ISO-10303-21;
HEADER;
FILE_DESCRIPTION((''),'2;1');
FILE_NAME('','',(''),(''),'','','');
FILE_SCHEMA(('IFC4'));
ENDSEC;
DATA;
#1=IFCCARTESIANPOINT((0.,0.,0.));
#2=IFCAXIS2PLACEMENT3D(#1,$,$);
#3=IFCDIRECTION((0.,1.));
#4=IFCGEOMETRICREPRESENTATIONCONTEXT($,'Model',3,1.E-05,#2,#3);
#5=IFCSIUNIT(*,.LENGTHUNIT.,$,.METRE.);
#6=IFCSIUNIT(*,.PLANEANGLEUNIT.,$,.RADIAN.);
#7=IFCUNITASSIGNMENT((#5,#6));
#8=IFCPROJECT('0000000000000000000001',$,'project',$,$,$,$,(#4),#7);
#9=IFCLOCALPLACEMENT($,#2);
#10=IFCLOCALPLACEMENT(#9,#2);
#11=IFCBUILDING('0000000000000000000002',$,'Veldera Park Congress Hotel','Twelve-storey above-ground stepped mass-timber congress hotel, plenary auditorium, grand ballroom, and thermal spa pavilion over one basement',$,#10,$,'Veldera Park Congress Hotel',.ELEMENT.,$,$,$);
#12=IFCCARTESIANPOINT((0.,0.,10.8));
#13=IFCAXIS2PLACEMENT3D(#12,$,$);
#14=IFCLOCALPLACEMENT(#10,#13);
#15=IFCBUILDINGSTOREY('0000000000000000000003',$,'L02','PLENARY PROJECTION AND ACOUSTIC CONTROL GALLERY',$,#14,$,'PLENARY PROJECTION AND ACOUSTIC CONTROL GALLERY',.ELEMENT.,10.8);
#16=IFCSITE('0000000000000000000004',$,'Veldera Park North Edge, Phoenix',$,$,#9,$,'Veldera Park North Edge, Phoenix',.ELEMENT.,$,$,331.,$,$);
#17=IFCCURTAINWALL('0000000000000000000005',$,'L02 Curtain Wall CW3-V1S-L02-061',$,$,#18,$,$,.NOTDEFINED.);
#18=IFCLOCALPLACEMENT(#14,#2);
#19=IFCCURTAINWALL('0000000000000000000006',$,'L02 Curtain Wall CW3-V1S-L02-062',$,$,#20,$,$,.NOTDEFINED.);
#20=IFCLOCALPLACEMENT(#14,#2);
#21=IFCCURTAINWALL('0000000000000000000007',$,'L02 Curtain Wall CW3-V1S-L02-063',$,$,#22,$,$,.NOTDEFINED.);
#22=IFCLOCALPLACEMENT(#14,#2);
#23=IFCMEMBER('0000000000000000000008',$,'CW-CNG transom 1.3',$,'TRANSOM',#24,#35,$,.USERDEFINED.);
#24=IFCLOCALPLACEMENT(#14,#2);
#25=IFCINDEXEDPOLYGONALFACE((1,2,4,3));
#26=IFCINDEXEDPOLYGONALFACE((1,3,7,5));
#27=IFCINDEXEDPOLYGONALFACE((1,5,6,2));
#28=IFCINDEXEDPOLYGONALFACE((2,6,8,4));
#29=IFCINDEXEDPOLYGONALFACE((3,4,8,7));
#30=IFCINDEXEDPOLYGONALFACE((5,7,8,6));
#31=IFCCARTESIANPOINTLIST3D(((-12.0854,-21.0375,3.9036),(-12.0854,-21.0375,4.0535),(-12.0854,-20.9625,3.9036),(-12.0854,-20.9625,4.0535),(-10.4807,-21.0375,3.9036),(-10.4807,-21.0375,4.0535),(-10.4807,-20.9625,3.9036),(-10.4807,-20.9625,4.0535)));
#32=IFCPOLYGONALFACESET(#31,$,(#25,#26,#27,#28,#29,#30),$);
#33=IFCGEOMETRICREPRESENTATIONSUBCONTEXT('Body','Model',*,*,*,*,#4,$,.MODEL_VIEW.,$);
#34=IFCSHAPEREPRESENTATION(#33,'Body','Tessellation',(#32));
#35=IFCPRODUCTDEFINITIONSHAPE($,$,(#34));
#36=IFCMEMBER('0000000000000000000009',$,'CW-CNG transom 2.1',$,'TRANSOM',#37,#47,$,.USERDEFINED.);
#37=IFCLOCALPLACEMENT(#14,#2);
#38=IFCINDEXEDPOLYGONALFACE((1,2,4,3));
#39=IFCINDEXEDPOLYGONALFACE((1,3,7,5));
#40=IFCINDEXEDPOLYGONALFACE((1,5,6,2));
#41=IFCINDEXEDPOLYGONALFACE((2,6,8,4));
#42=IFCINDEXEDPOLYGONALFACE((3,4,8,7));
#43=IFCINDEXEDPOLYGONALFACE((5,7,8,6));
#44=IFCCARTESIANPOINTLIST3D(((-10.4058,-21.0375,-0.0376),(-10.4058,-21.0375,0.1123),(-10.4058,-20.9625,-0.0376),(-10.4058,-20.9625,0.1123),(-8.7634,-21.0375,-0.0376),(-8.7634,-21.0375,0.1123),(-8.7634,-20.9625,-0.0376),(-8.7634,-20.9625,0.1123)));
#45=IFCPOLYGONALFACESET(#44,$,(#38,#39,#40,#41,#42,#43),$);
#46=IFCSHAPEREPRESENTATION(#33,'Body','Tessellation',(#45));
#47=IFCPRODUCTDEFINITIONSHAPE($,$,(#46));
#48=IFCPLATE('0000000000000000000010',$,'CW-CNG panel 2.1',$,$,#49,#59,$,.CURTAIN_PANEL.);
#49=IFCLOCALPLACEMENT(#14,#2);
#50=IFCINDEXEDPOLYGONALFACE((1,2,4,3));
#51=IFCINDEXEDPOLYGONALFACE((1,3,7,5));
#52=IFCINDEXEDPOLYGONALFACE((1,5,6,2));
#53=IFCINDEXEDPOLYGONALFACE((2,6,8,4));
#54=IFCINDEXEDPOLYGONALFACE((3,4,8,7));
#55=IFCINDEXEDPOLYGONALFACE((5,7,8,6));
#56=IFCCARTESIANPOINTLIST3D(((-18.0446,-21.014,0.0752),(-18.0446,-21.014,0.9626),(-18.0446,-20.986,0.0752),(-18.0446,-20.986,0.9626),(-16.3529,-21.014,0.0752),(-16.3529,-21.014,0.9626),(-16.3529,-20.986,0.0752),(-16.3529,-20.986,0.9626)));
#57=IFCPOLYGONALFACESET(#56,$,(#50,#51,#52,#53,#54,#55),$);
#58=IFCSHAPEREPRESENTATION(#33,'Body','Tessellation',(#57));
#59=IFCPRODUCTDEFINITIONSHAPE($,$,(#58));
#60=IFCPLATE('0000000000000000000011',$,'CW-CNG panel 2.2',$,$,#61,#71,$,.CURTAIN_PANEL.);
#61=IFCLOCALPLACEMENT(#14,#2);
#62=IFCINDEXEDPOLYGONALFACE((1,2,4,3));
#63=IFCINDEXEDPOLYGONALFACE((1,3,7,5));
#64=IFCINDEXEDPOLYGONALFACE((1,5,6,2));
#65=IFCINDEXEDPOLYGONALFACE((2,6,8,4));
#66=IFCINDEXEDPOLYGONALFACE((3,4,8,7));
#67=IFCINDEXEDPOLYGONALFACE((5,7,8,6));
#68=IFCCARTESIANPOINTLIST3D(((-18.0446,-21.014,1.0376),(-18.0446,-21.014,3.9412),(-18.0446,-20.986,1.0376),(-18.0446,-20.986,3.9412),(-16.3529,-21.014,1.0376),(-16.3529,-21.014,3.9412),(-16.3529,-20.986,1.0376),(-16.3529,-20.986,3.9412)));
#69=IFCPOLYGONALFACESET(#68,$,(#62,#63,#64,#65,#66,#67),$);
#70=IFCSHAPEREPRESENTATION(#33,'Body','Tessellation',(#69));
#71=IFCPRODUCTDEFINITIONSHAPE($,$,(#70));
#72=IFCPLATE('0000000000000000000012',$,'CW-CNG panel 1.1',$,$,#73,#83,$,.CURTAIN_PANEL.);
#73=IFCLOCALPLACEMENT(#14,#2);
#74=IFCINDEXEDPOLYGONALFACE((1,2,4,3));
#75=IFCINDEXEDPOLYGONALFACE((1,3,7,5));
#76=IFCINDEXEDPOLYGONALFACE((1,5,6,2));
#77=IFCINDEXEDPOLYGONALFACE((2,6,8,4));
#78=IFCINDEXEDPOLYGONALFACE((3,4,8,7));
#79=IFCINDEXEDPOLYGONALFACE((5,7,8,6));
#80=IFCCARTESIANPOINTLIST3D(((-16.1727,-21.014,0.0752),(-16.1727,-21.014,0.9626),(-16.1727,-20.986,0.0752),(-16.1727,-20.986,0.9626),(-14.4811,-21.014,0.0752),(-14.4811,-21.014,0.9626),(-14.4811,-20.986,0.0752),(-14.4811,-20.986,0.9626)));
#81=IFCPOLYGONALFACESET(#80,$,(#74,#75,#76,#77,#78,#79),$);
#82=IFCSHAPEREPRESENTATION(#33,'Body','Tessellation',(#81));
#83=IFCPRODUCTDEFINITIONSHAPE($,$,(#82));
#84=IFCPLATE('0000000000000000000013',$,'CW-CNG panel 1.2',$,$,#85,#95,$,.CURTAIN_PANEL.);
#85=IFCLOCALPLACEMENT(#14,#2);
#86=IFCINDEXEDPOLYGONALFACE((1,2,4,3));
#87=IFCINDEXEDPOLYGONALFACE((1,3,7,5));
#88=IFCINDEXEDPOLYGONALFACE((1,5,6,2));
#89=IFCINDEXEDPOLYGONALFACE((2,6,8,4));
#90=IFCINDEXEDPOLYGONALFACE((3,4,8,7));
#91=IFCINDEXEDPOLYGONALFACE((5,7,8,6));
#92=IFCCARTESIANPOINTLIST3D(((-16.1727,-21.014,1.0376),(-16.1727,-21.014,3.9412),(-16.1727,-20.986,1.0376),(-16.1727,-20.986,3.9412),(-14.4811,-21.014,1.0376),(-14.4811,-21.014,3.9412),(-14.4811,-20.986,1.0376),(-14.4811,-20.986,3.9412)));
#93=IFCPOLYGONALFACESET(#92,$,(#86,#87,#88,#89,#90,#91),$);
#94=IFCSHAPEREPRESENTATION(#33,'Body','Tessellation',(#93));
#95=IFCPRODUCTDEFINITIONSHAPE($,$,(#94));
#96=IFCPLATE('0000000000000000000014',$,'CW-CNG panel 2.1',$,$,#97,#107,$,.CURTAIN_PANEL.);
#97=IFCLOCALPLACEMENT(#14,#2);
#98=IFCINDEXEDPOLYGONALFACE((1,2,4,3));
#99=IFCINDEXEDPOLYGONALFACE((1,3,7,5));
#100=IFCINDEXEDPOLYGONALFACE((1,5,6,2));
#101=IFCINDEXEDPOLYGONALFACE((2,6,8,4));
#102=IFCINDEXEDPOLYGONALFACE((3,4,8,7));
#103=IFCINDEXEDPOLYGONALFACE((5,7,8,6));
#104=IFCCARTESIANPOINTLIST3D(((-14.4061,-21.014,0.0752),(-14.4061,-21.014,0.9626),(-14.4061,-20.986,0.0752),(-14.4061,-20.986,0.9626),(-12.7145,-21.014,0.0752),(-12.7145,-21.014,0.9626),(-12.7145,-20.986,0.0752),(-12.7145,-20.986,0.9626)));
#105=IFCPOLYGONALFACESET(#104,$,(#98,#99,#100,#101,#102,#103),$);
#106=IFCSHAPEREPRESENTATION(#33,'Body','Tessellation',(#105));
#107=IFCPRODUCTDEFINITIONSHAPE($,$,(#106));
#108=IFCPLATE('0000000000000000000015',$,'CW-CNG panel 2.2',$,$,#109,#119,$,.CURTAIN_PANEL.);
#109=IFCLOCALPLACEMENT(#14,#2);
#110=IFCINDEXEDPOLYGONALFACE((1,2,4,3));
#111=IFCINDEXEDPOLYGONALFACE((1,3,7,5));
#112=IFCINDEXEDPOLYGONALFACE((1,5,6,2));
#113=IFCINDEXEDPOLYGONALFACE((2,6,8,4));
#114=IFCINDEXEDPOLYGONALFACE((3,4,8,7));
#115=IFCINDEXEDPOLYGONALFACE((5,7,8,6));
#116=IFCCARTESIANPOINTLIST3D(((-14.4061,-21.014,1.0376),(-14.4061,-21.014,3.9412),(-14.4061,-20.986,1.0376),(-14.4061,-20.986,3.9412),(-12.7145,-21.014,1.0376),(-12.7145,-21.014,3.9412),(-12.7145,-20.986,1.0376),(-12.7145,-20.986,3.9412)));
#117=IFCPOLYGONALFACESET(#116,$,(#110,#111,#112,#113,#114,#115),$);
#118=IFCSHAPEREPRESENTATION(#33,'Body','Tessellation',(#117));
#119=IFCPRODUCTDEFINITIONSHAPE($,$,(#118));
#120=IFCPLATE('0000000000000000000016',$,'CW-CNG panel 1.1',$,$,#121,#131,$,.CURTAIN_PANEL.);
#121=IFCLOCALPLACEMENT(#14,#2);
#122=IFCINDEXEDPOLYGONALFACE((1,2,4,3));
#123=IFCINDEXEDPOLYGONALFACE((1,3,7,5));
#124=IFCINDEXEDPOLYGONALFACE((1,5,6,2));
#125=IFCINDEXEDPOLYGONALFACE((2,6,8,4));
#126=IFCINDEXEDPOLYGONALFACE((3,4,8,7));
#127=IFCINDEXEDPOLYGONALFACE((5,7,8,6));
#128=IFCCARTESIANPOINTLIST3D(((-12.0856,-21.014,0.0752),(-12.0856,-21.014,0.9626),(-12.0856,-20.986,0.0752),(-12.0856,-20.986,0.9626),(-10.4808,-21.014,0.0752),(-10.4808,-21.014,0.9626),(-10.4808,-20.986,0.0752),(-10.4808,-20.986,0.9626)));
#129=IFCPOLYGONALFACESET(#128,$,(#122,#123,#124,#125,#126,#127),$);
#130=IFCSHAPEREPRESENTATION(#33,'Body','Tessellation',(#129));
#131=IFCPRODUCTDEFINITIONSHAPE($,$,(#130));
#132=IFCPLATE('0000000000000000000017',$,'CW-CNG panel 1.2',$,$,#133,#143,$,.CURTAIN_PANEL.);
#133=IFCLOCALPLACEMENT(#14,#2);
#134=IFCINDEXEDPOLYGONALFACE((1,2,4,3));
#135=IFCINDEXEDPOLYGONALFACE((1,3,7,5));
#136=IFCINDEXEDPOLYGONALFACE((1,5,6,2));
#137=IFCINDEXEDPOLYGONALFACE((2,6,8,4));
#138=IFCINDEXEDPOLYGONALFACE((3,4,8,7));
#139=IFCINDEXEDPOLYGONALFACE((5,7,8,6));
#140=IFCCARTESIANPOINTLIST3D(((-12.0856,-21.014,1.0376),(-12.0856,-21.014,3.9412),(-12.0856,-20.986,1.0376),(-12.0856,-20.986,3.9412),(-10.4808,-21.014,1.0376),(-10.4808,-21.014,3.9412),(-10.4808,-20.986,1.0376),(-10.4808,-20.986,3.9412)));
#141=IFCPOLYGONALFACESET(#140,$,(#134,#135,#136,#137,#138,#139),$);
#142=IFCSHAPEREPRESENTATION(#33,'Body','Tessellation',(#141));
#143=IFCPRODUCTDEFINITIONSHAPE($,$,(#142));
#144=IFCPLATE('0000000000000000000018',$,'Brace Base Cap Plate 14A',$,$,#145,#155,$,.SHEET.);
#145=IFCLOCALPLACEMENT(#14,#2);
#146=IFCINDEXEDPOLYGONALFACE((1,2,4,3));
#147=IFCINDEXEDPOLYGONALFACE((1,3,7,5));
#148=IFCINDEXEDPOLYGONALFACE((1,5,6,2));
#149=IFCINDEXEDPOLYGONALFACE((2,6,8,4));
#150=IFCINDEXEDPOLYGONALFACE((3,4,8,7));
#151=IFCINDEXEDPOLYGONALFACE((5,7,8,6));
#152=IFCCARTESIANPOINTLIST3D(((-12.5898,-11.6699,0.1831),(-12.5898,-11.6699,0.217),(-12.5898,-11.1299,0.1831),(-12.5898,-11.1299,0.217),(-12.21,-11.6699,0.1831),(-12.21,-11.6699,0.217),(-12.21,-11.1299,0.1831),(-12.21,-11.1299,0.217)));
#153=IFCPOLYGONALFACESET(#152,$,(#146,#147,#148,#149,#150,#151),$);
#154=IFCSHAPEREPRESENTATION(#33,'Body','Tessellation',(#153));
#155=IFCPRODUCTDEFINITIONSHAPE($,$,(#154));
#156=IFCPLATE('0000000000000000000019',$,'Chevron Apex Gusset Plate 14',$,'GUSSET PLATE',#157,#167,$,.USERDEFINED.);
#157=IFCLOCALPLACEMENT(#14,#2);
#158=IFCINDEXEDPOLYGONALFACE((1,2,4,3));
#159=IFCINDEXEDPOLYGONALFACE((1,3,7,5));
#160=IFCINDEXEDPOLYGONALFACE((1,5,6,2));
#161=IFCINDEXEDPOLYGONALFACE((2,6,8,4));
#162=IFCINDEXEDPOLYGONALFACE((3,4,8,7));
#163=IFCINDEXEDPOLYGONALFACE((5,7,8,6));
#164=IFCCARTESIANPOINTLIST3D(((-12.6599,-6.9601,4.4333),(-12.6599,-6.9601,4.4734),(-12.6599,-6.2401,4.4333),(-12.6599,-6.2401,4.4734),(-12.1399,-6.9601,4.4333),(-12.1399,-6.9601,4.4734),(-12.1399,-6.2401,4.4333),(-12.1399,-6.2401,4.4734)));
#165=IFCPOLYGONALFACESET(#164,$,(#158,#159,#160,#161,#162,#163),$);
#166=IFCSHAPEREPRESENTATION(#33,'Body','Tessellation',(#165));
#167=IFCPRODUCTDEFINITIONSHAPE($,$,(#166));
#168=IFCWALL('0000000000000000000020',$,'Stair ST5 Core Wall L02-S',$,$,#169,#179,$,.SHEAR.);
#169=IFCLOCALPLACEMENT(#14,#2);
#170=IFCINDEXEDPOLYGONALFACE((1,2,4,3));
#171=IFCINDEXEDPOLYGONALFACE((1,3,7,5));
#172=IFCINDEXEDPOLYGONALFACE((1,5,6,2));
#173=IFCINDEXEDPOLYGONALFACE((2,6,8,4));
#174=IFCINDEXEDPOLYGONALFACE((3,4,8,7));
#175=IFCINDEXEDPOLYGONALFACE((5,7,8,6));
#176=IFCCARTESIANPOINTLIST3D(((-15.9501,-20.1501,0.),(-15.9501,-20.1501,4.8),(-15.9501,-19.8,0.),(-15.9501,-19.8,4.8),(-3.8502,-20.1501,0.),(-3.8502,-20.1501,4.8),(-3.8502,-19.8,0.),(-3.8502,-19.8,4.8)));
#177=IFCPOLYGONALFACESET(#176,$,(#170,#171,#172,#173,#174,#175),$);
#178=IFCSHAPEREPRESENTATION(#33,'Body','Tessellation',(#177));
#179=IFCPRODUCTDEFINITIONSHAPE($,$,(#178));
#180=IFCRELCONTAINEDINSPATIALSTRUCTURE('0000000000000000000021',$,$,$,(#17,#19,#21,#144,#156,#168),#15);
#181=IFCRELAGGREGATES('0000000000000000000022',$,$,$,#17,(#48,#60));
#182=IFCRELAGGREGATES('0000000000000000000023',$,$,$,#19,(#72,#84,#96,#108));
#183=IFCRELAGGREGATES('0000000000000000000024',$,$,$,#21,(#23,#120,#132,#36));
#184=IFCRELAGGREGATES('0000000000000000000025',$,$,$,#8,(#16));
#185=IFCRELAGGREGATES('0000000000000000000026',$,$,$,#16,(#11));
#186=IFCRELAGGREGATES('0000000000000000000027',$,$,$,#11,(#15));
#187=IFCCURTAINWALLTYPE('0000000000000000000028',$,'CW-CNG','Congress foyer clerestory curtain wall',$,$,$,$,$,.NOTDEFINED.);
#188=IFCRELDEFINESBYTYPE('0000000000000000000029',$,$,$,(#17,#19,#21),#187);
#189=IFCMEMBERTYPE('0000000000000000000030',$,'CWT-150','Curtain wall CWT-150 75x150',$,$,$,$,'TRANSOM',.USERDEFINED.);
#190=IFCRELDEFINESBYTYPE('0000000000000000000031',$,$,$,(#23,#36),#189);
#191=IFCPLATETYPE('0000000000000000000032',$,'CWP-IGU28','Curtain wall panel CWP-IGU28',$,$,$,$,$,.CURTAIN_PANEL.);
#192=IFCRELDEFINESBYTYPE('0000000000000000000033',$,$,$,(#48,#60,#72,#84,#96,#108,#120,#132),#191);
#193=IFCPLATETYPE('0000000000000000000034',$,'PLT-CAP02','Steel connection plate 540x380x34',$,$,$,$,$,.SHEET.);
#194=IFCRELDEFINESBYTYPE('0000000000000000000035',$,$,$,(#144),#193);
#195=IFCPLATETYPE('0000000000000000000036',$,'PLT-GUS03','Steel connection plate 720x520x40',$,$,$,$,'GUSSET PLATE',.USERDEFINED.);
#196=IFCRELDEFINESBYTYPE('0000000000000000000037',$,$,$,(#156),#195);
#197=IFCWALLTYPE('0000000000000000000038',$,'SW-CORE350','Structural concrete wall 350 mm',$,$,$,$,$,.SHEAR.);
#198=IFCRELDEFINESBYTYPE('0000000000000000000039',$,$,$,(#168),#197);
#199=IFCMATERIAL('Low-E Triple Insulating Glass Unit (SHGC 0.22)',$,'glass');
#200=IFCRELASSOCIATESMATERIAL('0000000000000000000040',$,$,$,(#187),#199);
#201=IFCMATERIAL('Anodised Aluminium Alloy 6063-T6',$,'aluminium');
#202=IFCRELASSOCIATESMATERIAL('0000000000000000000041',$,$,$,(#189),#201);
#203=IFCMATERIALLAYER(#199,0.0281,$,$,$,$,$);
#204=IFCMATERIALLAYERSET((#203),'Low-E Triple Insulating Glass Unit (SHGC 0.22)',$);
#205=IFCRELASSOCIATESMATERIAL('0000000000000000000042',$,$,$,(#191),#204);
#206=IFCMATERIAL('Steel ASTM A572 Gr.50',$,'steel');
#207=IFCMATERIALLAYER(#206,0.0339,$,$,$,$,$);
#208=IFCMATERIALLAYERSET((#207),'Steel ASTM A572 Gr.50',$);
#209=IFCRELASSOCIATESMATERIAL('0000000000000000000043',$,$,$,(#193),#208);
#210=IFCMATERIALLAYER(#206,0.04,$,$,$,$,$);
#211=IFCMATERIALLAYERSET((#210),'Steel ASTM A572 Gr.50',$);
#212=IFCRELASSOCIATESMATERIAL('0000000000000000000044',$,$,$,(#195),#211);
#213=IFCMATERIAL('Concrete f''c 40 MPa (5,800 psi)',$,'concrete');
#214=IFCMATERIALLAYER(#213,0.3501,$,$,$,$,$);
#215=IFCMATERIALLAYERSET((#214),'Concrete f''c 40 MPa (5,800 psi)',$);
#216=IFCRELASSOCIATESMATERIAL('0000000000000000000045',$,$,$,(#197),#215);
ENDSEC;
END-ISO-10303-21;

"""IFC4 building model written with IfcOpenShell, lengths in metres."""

from ifc_helpers import new_model, si_unit, direction, frame, frame_2d, origin, origin_2d, place, context, subcontext, project, spatial, rectangle, extrude, material, layer, layer_set, material_profile, profile_set, type_object, element, aggregate, save


model = new_model("IFC4")

# Units and contexts
model_context = context("Model", 3, precision=1e-05, world=origin(), true_north=direction((0.0, 1.0)))
body_context = subcontext(model_context, "Body", "Model", "MODEL_VIEW")
ifc_project = project(units=[si_unit("LENGTHUNIT", "METRE"), si_unit("PLANEANGLEUNIT", "RADIAN")], contexts=[model_context])

# Site, building, storey
site_placement = place(None, origin())
site = spatial("IfcSite", under=ifc_project, at=site_placement, Name="Veldera Park North Edge, Phoenix", LongName="Veldera Park North Edge, Phoenix", CompositionType="ELEMENT", RefElevation=331.0)
building_placement = place(site_placement, origin())
building = spatial("IfcBuilding", under=site, at=building_placement, Name="Veldera Park Congress Hotel", Description="Twelve-storey above-ground stepped mass-timber congress hotel, plenary auditorium, grand ballroom, and thermal spa pavilion over one basement", LongName="Veldera Park Congress Hotel", CompositionType="ELEMENT")
storey_placement = place(building_placement, frame((0.0, 0.0, 10.8)))
storey = spatial("IfcBuildingStorey", under=building, at=storey_placement, Name="L02", Description="PLENARY PROJECTION AND ACOUSTIC CONTROL GALLERY", LongName="PLENARY PROJECTION AND ACOUSTIC CONTROL GALLERY", CompositionType="ELEMENT", Elevation=10.8)

# Curtain wall
ifc_material_1 = material(Name="Low-E Triple Insulating Glass Unit (SHGC 0.22)", Category="glass")
curtain_wall_type = type_object("IfcCurtainWallType", Name="CW-CNG", Description="Congress foyer clerestory curtain wall", PredefinedType="NOTDEFINED", material=ifc_material_1)
curtain_wall_1_placement = place(storey_placement, origin())
curtain_wall_1 = element("IfcCurtainWall", 1, at=curtain_wall_1_placement, inside=storey, type_object=curtain_wall_type, Name="L02 Curtain Wall CW3-V1S-L02-061", PredefinedType="NOTDEFINED")
ifc_material_2 = material(Name="Anodised Aluminium Alloy 6063-T6", Category="aluminium")

# Curtain walls
curtain_wall_2_placement = place(storey_placement, origin())
curtain_wall_2 = element("IfcCurtainWall", 2, at=curtain_wall_2_placement, inside=storey, type_object=curtain_wall_type, Name="L02 Curtain Wall CW3-V1S-L02-062", PredefinedType="NOTDEFINED")
curtain_wall_3_placement = place(storey_placement, origin())
curtain_wall_3 = element("IfcCurtainWall", 3, at=curtain_wall_3_placement, inside=storey, type_object=curtain_wall_type, Name="L02 Curtain Wall CW3-V1S-L02-063", PredefinedType="NOTDEFINED")

# Members
ifc_material_profile_1 = material_profile(ifc_material_2, rectangle(XDim=0.075, YDim=0.1499, at=origin_2d()), Name="ALU 75x150")
ifc_profile_set_1 = profile_set([ifc_material_profile_1], Name="Anodised Aluminium Alloy 6063-T6")
member_type_1 = type_object("IfcMemberType", Name="CWT-150", Description="Curtain wall CWT-150 75x150", ElementType="TRANSOM", PredefinedType="USERDEFINED", material=ifc_profile_set_1)
member_1_placement = place(storey_placement, frame((-12.0854, -21.0, 3.9785), z_axis=(1.0, 0.0, 0.0), x_axis=(0.0, 1.0, 0.0)))
member_1 = element("IfcMember", 4, at=member_1_placement, type_object=member_type_1, Name="CW-CNG transom 1.3", ObjectType="TRANSOM", PredefinedType="USERDEFINED", context=body_context, shape_type="SweptSolid", body=[
    extrude(rectangle(XDim=0.075, YDim=0.1499, at=origin_2d()), origin(), (0.0, 0.0, 1.0), 1.6047),
])
member_2_placement = place(storey_placement, frame((-10.4058, -21.0, 0.0374), z_axis=(1.0, 0.0, 0.0), x_axis=(0.0, 1.0, 0.0)))
member_2 = element("IfcMember", 5, at=member_2_placement, type_object=member_type_1, Name="CW-CNG transom 2.1", ObjectType="TRANSOM", PredefinedType="USERDEFINED", context=body_context, shape_type="SweptSolid", body=[
    extrude(rectangle(XDim=0.075, YDim=0.1499, at=origin_2d()), origin(), (0.0, 0.0, 1.0), 1.6423),
])

# Plates
ifc_layer_1 = layer(ifc_material_1, 0.0281)
ifc_layer_set_1 = layer_set([ifc_layer_1], Name="Low-E Triple Insulating Glass Unit (SHGC 0.22)")
plate_type_1 = type_object("IfcPlateType", Name="CWP-IGU28", Description="Curtain wall panel CWP-IGU28", PredefinedType="CURTAIN_PANEL", material=ifc_layer_set_1)
plate_1_placement = place(storey_placement, frame((-17.1987, -21.0, 0.0752), z_axis=(0.0, 0.0, 1.0), x_axis=(1.0, 0.0, 0.0)))
plate_1 = element("IfcPlate", 6, at=plate_1_placement, type_object=plate_type_1, Name="CW-CNG panel 2.1", PredefinedType="CURTAIN_PANEL", context=body_context, shape_type="SweptSolid", body=[
    extrude(rectangle(XDim=1.6917, YDim=0.0281, at=origin_2d()), origin(), (0.0, 0.0, 1.0), 0.8875),
])
plate_2_placement = place(storey_placement, frame((-17.1987, -21.0, 1.0376), z_axis=(0.0, 0.0, 1.0), x_axis=(1.0, 0.0, 0.0)))
plate_2 = element("IfcPlate", 7, at=plate_2_placement, type_object=plate_type_1, Name="CW-CNG panel 2.2", PredefinedType="CURTAIN_PANEL", context=body_context, shape_type="SweptSolid", body=[
    extrude(rectangle(XDim=1.6917, YDim=0.0281, at=origin_2d()), origin(), (0.0, 0.0, 1.0), 2.9036),
])
aggregate(curtain_wall_1, [plate_1, plate_2])
plate_3_placement = place(storey_placement, frame((-15.3269, -21.0, 0.0752), z_axis=(0.0, 0.0, 1.0), x_axis=(1.0, 0.0, 0.0)))
plate_3 = element("IfcPlate", 8, at=plate_3_placement, type_object=plate_type_1, Name="CW-CNG panel 1.1", PredefinedType="CURTAIN_PANEL", context=body_context, shape_type="SweptSolid", body=[
    extrude(rectangle(XDim=1.6917, YDim=0.0281, at=origin_2d()), origin(), (0.0, 0.0, 1.0), 0.8875),
])
plate_4_placement = place(storey_placement, frame((-15.3269, -21.0, 1.0376), z_axis=(0.0, 0.0, 1.0), x_axis=(1.0, 0.0, 0.0)))
plate_4 = element("IfcPlate", 9, at=plate_4_placement, type_object=plate_type_1, Name="CW-CNG panel 1.2", PredefinedType="CURTAIN_PANEL", context=body_context, shape_type="SweptSolid", body=[
    extrude(rectangle(XDim=1.6917, YDim=0.0281, at=origin_2d()), origin(), (0.0, 0.0, 1.0), 2.9036),
])
plate_5_placement = place(storey_placement, frame((-13.5603, -21.0, 0.0752), z_axis=(0.0, 0.0, 1.0), x_axis=(1.0, 0.0, 0.0)))
plate_5 = element("IfcPlate", 10, at=plate_5_placement, type_object=plate_type_1, Name="CW-CNG panel 2.1", PredefinedType="CURTAIN_PANEL", context=body_context, shape_type="SweptSolid", body=[
    extrude(rectangle(XDim=1.6917, YDim=0.0281, at=origin_2d()), origin(), (0.0, 0.0, 1.0), 0.8875),
])
plate_6_placement = place(storey_placement, frame((-13.5603, -21.0, 1.0376), z_axis=(0.0, 0.0, 1.0), x_axis=(1.0, 0.0, 0.0)))
plate_6 = element("IfcPlate", 11, at=plate_6_placement, type_object=plate_type_1, Name="CW-CNG panel 2.2", PredefinedType="CURTAIN_PANEL", context=body_context, shape_type="SweptSolid", body=[
    extrude(rectangle(XDim=1.6917, YDim=0.0281, at=origin_2d()), origin(), (0.0, 0.0, 1.0), 2.9036),
])
aggregate(curtain_wall_2, [plate_3, plate_4, plate_5, plate_6])
plate_7_placement = place(storey_placement, frame((-11.2832, -21.0, 0.0752), z_axis=(0.0, 0.0, 1.0), x_axis=(1.0, 0.0, 0.0)))
plate_7 = element("IfcPlate", 12, at=plate_7_placement, type_object=plate_type_1, Name="CW-CNG panel 1.1", PredefinedType="CURTAIN_PANEL", context=body_context, shape_type="SweptSolid", body=[
    extrude(rectangle(XDim=1.6047, YDim=0.0281, at=origin_2d()), origin(), (0.0, 0.0, 1.0), 0.8875),
])
plate_8_placement = place(storey_placement, frame((-11.2832, -21.0, 1.0376), z_axis=(0.0, 0.0, 1.0), x_axis=(1.0, 0.0, 0.0)))
plate_8 = element("IfcPlate", 13, at=plate_8_placement, type_object=plate_type_1, Name="CW-CNG panel 1.2", PredefinedType="CURTAIN_PANEL", context=body_context, shape_type="SweptSolid", body=[
    extrude(rectangle(XDim=1.6047, YDim=0.0281, at=origin_2d()), origin(), (0.0, 0.0, 1.0), 2.9036),
])
aggregate(curtain_wall_3, [member_1, plate_7, plate_8, member_2])

# Plates
ifc_material_3 = material(Name="Steel ASTM A572 Gr.50", Category="steel")
ifc_layer_2 = layer(ifc_material_3, 0.0339)
ifc_layer_set_2 = layer_set([ifc_layer_2], Name="Steel ASTM A572 Gr.50")
plate_type_2 = type_object("IfcPlateType", Name="PLT-CAP02", Description="Steel connection plate 540x380x34", PredefinedType="SHEET", material=ifc_layer_set_2)
plate_9_placement = place(storey_placement, frame((-12.3999, -11.3999, 0.1831), z_axis=(0.0, 0.0, 1.0), x_axis=(0.0, 1.0, 0.0)))
element("IfcPlate", 14, at=plate_9_placement, inside=storey, type_object=plate_type_2, Name="Brace Base Cap Plate 14A", PredefinedType="SHEET", context=body_context, shape_type="SweptSolid", body=[
    extrude(rectangle(XDim=0.54, YDim=0.3799, at=origin_2d()), origin(), (0.0, 0.0, 1.0), 0.0339),
])
ifc_layer_3 = layer(ifc_material_3, 0.04)
ifc_layer_set_3 = layer_set([ifc_layer_3], Name="Steel ASTM A572 Gr.50")
plate_type_3 = type_object("IfcPlateType", Name="PLT-GUS03", Description="Steel connection plate 720x520x40", ElementType="GUSSET PLATE", PredefinedType="USERDEFINED", material=ifc_layer_set_3)
plate_10_placement = place(storey_placement, frame((-12.3999, -6.6001, 4.4333), z_axis=(0.0, 0.0, 1.0), x_axis=(0.0, 1.0, 0.0)))
element("IfcPlate", 15, at=plate_10_placement, inside=storey, type_object=plate_type_3, Name="Chevron Apex Gusset Plate 14", ObjectType="GUSSET PLATE", PredefinedType="USERDEFINED", context=body_context, shape_type="SweptSolid", body=[
    extrude(rectangle(XDim=0.72, YDim=0.52, at=origin_2d()), origin(), (0.0, 0.0, 1.0), 0.04),
])

# Wall
ifc_material_4 = material(Name="Concrete f'c 40 MPa (5,800 psi)", Category="concrete")
ifc_layer_4 = layer(ifc_material_4, 0.3501)
ifc_layer_set_4 = layer_set([ifc_layer_4], Name="Concrete f'c 40 MPa (5,800 psi)")
wall_type = type_object("IfcWallType", Name="SW-CORE350", Description="Structural concrete wall 350 mm", PredefinedType="SHEAR", material=ifc_layer_set_4)
wall_1_placement = place(storey_placement, frame((-15.95, -19.9751, 0.0), z_axis=(0.0, 0.0, 1.0), x_axis=(1.0, 0.0, 0.0)))
element("IfcWall", 16, at=wall_1_placement, inside=storey, type_object=wall_type, Name="Stair ST5 Core Wall L02-S", PredefinedType="SHEAR", context=body_context, shape_type="SweptSolid", body=[
    extrude(rectangle(XDim=12.0999, YDim=0.3501, at=frame_2d((6.0498, 0.0))), origin(), (0.0, 0.0, 1.0), 4.8),
])

save(model, "model.ifc")
